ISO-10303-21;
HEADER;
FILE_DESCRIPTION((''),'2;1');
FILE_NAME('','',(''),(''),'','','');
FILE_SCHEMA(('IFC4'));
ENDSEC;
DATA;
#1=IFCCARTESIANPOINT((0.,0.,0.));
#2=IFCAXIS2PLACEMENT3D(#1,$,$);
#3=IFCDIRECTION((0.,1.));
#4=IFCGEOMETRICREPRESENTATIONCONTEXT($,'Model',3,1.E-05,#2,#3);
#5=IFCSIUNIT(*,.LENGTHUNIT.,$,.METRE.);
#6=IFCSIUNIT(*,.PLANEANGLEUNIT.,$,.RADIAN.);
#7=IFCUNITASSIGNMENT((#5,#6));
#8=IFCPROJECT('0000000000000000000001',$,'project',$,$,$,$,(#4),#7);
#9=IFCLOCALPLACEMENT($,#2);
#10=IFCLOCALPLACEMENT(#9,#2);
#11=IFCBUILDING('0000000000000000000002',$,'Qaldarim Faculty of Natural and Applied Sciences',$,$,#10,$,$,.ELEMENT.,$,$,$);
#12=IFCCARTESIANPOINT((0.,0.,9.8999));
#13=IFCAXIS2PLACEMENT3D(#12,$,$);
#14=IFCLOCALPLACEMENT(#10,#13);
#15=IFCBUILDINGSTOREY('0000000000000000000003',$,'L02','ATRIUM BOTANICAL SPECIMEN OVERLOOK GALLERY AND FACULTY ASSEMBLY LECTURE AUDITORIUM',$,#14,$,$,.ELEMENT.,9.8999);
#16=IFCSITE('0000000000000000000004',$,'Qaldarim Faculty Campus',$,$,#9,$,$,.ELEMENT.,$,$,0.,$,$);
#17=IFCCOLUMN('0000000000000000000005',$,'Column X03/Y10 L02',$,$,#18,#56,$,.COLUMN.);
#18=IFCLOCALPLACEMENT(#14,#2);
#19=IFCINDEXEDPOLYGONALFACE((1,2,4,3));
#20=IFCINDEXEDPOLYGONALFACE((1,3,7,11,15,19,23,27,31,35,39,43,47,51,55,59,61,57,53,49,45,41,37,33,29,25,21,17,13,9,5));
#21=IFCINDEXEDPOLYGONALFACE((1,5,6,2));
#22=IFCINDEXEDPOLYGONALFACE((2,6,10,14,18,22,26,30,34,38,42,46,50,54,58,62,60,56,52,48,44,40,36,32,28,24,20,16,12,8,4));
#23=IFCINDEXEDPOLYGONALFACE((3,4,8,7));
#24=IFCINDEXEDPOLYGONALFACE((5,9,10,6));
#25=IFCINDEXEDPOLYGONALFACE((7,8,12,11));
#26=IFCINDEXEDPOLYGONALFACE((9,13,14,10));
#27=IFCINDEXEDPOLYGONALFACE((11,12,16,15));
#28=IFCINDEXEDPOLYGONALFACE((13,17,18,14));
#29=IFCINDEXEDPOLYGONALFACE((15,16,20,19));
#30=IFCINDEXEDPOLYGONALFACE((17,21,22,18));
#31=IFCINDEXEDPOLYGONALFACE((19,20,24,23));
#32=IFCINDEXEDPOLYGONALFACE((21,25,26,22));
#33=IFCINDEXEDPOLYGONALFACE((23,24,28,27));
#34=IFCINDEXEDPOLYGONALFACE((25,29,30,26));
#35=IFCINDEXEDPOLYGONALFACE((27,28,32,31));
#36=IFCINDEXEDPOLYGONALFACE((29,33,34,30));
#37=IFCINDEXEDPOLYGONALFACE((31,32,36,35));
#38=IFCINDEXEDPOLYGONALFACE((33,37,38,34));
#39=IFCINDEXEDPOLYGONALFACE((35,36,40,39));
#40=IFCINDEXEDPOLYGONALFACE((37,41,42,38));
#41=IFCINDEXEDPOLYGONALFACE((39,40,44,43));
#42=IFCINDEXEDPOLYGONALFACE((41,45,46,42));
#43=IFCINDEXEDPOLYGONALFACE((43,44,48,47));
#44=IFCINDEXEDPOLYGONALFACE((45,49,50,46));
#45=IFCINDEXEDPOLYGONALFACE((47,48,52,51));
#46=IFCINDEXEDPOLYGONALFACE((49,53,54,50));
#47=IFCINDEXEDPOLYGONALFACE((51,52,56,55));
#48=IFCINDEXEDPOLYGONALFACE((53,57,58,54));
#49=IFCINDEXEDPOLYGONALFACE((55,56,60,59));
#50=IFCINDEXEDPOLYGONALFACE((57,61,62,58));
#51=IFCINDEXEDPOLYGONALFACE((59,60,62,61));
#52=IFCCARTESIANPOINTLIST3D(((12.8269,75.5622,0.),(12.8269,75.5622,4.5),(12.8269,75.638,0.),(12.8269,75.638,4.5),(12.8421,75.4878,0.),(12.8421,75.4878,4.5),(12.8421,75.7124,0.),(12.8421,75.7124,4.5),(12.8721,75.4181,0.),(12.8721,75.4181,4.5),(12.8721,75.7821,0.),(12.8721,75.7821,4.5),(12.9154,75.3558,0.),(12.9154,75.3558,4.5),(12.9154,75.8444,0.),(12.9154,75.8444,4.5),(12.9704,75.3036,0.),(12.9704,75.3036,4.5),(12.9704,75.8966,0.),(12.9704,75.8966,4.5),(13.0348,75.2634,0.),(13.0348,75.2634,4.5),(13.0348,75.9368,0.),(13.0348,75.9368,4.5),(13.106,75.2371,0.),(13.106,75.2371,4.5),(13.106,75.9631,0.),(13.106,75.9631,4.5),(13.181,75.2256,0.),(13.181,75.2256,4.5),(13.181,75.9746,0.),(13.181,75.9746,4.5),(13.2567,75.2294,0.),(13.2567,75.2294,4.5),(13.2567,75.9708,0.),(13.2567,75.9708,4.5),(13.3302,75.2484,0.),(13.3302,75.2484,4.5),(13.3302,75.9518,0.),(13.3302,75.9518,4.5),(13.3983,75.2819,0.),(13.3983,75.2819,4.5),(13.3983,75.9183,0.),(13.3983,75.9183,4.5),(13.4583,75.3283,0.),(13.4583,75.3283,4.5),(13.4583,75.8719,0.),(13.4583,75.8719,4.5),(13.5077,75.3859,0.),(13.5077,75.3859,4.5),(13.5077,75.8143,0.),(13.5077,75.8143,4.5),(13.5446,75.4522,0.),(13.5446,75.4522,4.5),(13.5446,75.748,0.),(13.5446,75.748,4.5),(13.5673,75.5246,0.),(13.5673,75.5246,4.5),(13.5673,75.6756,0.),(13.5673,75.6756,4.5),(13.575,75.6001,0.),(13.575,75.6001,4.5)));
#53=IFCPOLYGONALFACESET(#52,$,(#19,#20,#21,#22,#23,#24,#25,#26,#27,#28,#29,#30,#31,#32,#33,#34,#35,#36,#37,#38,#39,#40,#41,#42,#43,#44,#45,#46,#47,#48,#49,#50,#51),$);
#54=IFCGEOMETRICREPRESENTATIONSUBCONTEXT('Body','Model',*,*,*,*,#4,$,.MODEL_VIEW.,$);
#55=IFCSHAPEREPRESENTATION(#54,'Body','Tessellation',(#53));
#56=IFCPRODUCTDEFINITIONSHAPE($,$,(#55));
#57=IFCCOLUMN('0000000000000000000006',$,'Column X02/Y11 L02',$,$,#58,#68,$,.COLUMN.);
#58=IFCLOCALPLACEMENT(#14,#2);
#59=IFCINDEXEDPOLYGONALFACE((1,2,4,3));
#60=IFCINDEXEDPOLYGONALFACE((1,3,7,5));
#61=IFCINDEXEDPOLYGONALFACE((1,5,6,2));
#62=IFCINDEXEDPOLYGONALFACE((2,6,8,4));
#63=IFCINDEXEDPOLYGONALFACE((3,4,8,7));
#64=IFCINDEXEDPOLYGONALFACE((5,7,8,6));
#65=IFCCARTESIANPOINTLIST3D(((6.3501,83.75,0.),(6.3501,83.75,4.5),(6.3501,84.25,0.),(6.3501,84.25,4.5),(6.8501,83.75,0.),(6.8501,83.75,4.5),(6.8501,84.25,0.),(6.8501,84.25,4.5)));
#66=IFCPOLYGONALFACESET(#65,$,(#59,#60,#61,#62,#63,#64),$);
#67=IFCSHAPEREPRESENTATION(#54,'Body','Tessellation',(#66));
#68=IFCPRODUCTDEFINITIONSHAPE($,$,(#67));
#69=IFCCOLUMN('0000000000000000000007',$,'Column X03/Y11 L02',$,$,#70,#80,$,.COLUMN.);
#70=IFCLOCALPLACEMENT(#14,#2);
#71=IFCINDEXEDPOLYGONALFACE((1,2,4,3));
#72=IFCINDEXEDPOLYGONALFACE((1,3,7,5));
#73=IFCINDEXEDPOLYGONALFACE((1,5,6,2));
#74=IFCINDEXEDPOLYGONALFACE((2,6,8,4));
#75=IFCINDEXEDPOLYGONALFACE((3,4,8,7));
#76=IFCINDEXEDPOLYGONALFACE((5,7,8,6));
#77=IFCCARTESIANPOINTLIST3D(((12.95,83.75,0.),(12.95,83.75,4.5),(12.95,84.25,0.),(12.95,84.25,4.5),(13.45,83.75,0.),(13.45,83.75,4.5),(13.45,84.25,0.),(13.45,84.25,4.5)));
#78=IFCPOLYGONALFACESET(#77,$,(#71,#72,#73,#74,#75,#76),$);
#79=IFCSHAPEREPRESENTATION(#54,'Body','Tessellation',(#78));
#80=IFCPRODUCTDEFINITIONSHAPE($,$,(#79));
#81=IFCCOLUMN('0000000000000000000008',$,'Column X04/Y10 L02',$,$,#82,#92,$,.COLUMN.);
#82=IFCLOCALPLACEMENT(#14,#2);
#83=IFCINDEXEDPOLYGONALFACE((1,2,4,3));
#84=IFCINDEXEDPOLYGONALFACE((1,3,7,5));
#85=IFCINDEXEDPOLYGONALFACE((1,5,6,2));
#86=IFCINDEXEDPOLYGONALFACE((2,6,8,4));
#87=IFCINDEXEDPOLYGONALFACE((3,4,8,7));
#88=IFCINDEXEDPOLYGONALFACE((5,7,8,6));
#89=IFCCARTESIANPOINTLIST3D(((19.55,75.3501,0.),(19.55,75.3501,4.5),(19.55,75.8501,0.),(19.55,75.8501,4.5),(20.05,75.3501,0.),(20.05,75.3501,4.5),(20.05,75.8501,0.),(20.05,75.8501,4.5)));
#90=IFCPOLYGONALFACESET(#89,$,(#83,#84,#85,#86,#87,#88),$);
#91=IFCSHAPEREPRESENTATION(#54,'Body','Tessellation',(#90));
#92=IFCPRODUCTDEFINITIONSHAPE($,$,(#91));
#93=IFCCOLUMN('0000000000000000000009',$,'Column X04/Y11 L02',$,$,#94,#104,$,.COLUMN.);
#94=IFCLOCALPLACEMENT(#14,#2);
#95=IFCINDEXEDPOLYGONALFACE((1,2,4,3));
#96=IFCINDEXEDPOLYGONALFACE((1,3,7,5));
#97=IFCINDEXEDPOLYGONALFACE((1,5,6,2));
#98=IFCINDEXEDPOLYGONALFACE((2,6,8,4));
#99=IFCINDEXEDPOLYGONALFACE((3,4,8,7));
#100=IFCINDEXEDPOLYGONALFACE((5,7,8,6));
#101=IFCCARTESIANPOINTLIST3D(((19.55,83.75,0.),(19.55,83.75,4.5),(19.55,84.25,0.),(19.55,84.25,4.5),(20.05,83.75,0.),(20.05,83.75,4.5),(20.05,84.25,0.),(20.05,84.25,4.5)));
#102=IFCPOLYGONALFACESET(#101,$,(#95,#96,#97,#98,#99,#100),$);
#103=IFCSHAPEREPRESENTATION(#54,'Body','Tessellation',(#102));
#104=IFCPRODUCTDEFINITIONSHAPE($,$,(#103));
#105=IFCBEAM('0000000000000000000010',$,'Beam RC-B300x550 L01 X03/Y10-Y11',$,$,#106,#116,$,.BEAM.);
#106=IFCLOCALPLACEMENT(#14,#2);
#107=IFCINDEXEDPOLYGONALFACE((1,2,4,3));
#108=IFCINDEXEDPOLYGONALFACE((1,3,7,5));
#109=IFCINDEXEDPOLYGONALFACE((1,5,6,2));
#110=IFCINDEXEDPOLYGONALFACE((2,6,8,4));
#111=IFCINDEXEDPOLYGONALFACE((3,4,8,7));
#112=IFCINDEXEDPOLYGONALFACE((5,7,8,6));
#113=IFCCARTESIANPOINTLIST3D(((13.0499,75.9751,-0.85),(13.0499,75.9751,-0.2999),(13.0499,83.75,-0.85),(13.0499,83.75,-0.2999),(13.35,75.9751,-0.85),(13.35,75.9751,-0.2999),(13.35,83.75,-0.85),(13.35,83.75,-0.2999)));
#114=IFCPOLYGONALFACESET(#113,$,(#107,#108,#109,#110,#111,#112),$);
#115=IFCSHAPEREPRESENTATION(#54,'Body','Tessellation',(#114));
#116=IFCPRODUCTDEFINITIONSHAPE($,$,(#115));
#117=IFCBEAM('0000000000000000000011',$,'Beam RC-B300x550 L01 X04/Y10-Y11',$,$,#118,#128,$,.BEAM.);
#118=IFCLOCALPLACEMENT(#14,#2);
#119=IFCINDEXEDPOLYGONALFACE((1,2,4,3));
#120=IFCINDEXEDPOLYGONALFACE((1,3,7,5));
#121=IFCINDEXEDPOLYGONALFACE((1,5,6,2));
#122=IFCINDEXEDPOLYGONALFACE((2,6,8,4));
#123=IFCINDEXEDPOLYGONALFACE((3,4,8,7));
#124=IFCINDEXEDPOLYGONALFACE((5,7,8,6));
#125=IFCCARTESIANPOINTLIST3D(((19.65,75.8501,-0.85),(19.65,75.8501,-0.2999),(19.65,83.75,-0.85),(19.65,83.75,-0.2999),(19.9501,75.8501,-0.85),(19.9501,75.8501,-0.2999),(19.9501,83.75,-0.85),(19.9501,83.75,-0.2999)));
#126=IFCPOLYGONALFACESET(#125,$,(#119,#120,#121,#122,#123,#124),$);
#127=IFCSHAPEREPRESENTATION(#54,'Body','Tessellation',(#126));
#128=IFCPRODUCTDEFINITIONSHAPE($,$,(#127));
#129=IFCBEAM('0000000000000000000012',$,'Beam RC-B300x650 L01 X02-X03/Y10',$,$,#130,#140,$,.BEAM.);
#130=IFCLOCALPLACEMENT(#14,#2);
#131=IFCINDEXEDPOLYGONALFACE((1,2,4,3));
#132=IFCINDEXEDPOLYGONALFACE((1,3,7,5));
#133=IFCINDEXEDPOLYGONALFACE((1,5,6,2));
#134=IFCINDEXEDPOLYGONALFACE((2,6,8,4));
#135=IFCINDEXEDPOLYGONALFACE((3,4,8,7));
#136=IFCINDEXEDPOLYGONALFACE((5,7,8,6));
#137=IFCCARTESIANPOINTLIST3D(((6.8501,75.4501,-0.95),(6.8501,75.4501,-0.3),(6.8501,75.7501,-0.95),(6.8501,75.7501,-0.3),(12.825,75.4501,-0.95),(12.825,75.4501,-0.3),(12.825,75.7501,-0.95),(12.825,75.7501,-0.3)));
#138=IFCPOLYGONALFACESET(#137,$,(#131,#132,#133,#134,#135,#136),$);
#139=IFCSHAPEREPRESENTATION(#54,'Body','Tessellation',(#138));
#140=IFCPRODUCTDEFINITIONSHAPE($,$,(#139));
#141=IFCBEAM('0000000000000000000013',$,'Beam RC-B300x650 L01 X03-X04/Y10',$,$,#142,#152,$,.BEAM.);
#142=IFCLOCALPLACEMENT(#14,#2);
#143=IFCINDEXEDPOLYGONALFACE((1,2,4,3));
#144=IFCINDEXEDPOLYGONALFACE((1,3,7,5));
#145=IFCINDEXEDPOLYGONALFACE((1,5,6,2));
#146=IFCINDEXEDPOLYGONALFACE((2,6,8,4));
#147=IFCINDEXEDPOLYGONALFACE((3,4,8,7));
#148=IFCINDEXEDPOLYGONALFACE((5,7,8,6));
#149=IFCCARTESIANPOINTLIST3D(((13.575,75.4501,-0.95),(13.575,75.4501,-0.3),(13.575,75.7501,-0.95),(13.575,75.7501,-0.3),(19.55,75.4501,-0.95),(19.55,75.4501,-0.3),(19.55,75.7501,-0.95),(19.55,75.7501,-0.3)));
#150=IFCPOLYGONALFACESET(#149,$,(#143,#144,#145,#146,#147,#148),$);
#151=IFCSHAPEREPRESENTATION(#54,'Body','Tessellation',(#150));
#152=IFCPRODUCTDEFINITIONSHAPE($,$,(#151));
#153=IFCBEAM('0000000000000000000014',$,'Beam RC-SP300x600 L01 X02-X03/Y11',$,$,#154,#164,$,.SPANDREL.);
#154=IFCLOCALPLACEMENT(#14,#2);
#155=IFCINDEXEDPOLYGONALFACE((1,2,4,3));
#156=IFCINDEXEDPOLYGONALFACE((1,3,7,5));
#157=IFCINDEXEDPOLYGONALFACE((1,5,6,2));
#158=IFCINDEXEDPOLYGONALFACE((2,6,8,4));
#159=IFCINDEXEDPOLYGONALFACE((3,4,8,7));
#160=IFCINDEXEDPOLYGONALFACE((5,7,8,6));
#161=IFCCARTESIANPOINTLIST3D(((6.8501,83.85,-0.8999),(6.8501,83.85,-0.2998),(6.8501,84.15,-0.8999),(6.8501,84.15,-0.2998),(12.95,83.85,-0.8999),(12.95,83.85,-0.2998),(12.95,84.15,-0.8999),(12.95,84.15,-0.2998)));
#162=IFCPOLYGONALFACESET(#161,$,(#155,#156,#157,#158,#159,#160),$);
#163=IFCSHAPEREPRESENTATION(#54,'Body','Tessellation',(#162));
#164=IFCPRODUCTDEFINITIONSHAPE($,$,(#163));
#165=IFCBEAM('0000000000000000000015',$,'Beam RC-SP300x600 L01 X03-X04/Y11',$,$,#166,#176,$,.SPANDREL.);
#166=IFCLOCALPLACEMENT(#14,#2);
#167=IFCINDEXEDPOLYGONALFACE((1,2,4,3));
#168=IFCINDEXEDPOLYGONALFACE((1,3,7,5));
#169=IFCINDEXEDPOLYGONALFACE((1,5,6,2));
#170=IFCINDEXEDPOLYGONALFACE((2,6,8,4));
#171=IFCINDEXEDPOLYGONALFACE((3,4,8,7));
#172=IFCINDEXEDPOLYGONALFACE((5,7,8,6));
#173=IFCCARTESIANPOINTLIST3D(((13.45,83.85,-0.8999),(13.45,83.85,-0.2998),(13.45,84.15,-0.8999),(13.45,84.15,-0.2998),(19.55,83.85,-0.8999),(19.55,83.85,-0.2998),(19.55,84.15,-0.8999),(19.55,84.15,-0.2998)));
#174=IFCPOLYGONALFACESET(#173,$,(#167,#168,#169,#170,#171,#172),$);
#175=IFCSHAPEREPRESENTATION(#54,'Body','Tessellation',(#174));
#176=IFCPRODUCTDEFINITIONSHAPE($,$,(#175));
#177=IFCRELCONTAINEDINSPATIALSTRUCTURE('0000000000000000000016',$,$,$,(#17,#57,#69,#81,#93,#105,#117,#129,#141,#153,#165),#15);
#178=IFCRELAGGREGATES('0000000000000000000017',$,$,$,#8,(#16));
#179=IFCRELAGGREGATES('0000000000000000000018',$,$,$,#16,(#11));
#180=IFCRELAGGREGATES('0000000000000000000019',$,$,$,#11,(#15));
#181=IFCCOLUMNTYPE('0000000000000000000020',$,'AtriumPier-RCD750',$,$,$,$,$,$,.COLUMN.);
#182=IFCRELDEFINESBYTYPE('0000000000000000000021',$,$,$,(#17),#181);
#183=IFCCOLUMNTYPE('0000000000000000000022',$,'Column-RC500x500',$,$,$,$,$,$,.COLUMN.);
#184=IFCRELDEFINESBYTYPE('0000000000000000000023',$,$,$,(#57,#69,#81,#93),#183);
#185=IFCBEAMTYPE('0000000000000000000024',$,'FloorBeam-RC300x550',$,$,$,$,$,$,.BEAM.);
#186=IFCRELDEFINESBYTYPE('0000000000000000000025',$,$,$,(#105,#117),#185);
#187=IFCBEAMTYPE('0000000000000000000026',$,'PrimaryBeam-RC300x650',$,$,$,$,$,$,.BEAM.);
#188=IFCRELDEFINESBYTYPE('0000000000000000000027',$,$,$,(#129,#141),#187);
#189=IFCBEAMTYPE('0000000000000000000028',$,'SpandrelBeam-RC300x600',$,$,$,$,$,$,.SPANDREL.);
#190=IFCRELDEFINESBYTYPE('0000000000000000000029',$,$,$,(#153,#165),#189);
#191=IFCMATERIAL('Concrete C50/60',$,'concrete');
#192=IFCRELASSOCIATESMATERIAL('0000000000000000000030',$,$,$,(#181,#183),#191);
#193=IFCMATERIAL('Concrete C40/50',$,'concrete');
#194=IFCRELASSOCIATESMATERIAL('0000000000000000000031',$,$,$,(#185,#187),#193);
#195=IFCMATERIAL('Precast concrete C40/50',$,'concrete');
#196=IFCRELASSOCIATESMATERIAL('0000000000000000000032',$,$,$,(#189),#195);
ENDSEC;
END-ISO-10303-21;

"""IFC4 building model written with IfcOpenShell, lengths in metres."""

from ifc_helpers import new_model, si_unit, direction, frame, origin, origin_2d, place, context, subcontext, project, spatial, rectangle, circle, extrude, material, material_profile, profile_set, type_object, element, save


model = new_model("IFC4")

# Units and contexts
model_context = context("Model", 3, precision=1e-05, world=origin(), true_north=direction((0.0, 1.0)))
body_context = subcontext(model_context, "Body", "Model", "MODEL_VIEW")
ifc_project = project(units=[si_unit("LENGTHUNIT", "METRE"), si_unit("PLANEANGLEUNIT", "RADIAN")], contexts=[model_context])

# Site, building, storey
site_placement = place(None, origin())
site = spatial("IfcSite", under=ifc_project, at=site_placement, Name="Qaldarim Faculty Campus", CompositionType="ELEMENT", RefElevation=0.0)
building_placement = place(site_placement, origin())
building = spatial("IfcBuilding", under=site, at=building_placement, Name="Qaldarim Faculty of Natural and Applied Sciences", CompositionType="ELEMENT")
storey_placement = place(building_placement, frame((0.0, 0.0, 9.8999)))
storey = spatial("IfcBuildingStorey", under=building, at=storey_placement, Name="L02", Description="ATRIUM BOTANICAL SPECIMEN OVERLOOK GALLERY AND FACULTY ASSEMBLY LECTURE AUDITORIUM", CompositionType="ELEMENT", Elevation=9.8999)

# Columns
ifc_material_1 = material(Name="Concrete C50/60", Category="concrete")
ifc_material_profile_1 = material_profile(ifc_material_1, circle(Radius=0.375, at=origin_2d()), Name="RC-D750")
ifc_profile_set_1 = profile_set([ifc_material_profile_1], Name="Concrete C50/60")
column_type_1 = type_object("IfcColumnType", Name="AtriumPier-RCD750", PredefinedType="COLUMN", material=ifc_profile_set_1)
column_placement = place(storey_placement, frame((13.2, 75.6001, 0.0), z_axis=(0.0, 0.0, 1.0), x_axis=(1.0, 0.0, 0.0)))
element("IfcColumn", 1, at=column_placement, inside=storey, type_object=column_type_1, Name="Column X03/Y10 L02", PredefinedType="COLUMN", context=body_context, shape_type="SweptSolid", body=[
    extrude(circle(Radius=0.375, at=origin_2d()), origin(), (0.0, 0.0, 1.0), 4.5),
])
ifc_material_profile_2 = material_profile(ifc_material_1, rectangle(XDim=0.5, YDim=0.5, at=origin_2d()), Name="RC-C500x500")
ifc_profile_set_2 = profile_set([ifc_material_profile_2], Name="Concrete C50/60")
column_type_2 = type_object("IfcColumnType", Name="Column-RC500x500", PredefinedType="COLUMN", material=ifc_profile_set_2)
for number, where, z_axis, x_axis, name in (
    (2, (6.6001, 84.0, 0.0), (0.0, 0.0, 1.0), (1.0, 0.0, 0.0), "Column X02/Y11 L02"),
    (3, (13.2, 84.0, 0.0), (0.0, 0.0, 1.0), (1.0, 0.0, 0.0), "Column X03/Y11 L02"),
    (4, (19.8, 75.6001, 0.0), (0.0, 0.0, 1.0), (1.0, 0.0, 0.0), "Column X04/Y10 L02"),
    (5, (19.8, 84.0, 0.0), (0.0, 0.0, 1.0), (1.0, 0.0, 0.0), "Column X04/Y11 L02"),
):
    element("IfcColumn", number, at=place(storey_placement, frame(where, z_axis=z_axis, x_axis=x_axis)), inside=storey, type_object=column_type_2, Name=name, PredefinedType="COLUMN", context=body_context, shape_type="SweptSolid", body=[
        extrude(rectangle(XDim=0.5, YDim=0.5, at=origin_2d()), origin(), (0.0, 0.0, 1.0), 4.5),
    ])

# Beams
ifc_material_2 = material(Name="Concrete C40/50", Category="concrete")
ifc_material_profile_3 = material_profile(ifc_material_2, rectangle(XDim=0.3, YDim=0.55, at=origin_2d()), Name="RC-B300x550")
ifc_profile_set_3 = profile_set([ifc_material_profile_3], Name="Concrete C40/50")
beam_type_1 = type_object("IfcBeamType", Name="FloorBeam-RC300x550", PredefinedType="BEAM", material=ifc_profile_set_3)
beam_1_placement = place(storey_placement, frame((13.2, 75.9751, -0.575), z_axis=(0.0, 1.0, 0.0), x_axis=(-1.0, 0.0, 0.0)))
element("IfcBeam", 6, at=beam_1_placement, inside=storey, type_object=beam_type_1, Name="Beam RC-B300x550 L01 X03/Y10-Y11", PredefinedType="BEAM", context=body_context, shape_type="SweptSolid", body=[
    extrude(rectangle(XDim=0.3, YDim=0.55, at=origin_2d()), origin(), (0.0, 0.0, 1.0), 7.7749),
])
beam_2_placement = place(storey_placement, frame((19.8, 75.8501, -0.575), z_axis=(0.0, 1.0, 0.0), x_axis=(-1.0, 0.0, 0.0)))
element("IfcBeam", 7, at=beam_2_placement, inside=storey, type_object=beam_type_1, Name="Beam RC-B300x550 L01 X04/Y10-Y11", PredefinedType="BEAM", context=body_context, shape_type="SweptSolid", body=[
    extrude(rectangle(XDim=0.3, YDim=0.55, at=origin_2d()), origin(), (0.0, 0.0, 1.0), 7.8999),
])
ifc_material_profile_4 = material_profile(ifc_material_2, rectangle(XDim=0.3, YDim=0.6499, at=origin_2d()), Name="RC-B300x650")
ifc_profile_set_4 = profile_set([ifc_material_profile_4], Name="Concrete C40/50")
beam_type_2 = type_object("IfcBeamType", Name="PrimaryBeam-RC300x650", PredefinedType="BEAM", material=ifc_profile_set_4)
beam_3_placement = place(storey_placement, frame((6.8501, 75.6001, -0.625), z_axis=(1.0, 0.0, 0.0), x_axis=(0.0, 1.0, 0.0)))
element("IfcBeam", 8, at=beam_3_placement, inside=storey, type_object=beam_type_2, Name="Beam RC-B300x650 L01 X02-X03/Y10", PredefinedType="BEAM", context=body_context, shape_type="SweptSolid", body=[
    extrude(rectangle(XDim=0.3, YDim=0.6499, at=origin_2d()), origin(), (0.0, 0.0, 1.0), 5.9749),
])
beam_4_placement = place(storey_placement, frame((13.575, 75.6001, -0.625), z_axis=(1.0, 0.0, 0.0), x_axis=(0.0, 1.0, 0.0)))
element("IfcBeam", 9, at=beam_4_placement, inside=storey, type_object=beam_type_2, Name="Beam RC-B300x650 L01 X03-X04/Y10", PredefinedType="BEAM", context=body_context, shape_type="SweptSolid", body=[
    extrude(rectangle(XDim=0.3, YDim=0.6499, at=origin_2d()), origin(), (0.0, 0.0, 1.0), 5.9751),
])
ifc_material_3 = material(Name="Precast concrete C40/50", Category="concrete")
ifc_material_profile_5 = material_profile(ifc_material_3, rectangle(XDim=0.3, YDim=0.6001, at=origin_2d()), Name="RC-SP300x600")
ifc_profile_set_5 = profile_set([ifc_material_profile_5], Name="Precast concrete C40/50")
beam_type_3 = type_object("IfcBeamType", Name="SpandrelBeam-RC300x600", PredefinedType="SPANDREL", material=ifc_profile_set_5)
beam_5_placement = place(storey_placement, frame((6.8501, 84.0, -0.5999), z_axis=(1.0, 0.0, 0.0), x_axis=(0.0, 1.0, 0.0)))
element("IfcBeam", 10, at=beam_5_placement, inside=storey, type_object=beam_type_3, Name="Beam RC-SP300x600 L01 X02-X03/Y11", PredefinedType="SPANDREL", context=body_context, shape_type="SweptSolid", body=[
    extrude(rectangle(XDim=0.3, YDim=0.6001, at=origin_2d()), origin(), (0.0, 0.0, 1.0), 6.0999),
])
beam_6_placement = place(storey_placement, frame((13.45, 84.0, -0.5999), z_axis=(1.0, 0.0, 0.0), x_axis=(0.0, 1.0, 0.0)))
element("IfcBeam", 11, at=beam_6_placement, inside=storey, type_object=beam_type_3, Name="Beam RC-SP300x600 L01 X03-X04/Y11", PredefinedType="SPANDREL", context=body_context, shape_type="SweptSolid", body=[
    extrude(rectangle(XDim=0.3, YDim=0.6001, at=origin_2d()), origin(), (0.0, 0.0, 1.0), 6.1001),
])

save(model, "model.ifc")
